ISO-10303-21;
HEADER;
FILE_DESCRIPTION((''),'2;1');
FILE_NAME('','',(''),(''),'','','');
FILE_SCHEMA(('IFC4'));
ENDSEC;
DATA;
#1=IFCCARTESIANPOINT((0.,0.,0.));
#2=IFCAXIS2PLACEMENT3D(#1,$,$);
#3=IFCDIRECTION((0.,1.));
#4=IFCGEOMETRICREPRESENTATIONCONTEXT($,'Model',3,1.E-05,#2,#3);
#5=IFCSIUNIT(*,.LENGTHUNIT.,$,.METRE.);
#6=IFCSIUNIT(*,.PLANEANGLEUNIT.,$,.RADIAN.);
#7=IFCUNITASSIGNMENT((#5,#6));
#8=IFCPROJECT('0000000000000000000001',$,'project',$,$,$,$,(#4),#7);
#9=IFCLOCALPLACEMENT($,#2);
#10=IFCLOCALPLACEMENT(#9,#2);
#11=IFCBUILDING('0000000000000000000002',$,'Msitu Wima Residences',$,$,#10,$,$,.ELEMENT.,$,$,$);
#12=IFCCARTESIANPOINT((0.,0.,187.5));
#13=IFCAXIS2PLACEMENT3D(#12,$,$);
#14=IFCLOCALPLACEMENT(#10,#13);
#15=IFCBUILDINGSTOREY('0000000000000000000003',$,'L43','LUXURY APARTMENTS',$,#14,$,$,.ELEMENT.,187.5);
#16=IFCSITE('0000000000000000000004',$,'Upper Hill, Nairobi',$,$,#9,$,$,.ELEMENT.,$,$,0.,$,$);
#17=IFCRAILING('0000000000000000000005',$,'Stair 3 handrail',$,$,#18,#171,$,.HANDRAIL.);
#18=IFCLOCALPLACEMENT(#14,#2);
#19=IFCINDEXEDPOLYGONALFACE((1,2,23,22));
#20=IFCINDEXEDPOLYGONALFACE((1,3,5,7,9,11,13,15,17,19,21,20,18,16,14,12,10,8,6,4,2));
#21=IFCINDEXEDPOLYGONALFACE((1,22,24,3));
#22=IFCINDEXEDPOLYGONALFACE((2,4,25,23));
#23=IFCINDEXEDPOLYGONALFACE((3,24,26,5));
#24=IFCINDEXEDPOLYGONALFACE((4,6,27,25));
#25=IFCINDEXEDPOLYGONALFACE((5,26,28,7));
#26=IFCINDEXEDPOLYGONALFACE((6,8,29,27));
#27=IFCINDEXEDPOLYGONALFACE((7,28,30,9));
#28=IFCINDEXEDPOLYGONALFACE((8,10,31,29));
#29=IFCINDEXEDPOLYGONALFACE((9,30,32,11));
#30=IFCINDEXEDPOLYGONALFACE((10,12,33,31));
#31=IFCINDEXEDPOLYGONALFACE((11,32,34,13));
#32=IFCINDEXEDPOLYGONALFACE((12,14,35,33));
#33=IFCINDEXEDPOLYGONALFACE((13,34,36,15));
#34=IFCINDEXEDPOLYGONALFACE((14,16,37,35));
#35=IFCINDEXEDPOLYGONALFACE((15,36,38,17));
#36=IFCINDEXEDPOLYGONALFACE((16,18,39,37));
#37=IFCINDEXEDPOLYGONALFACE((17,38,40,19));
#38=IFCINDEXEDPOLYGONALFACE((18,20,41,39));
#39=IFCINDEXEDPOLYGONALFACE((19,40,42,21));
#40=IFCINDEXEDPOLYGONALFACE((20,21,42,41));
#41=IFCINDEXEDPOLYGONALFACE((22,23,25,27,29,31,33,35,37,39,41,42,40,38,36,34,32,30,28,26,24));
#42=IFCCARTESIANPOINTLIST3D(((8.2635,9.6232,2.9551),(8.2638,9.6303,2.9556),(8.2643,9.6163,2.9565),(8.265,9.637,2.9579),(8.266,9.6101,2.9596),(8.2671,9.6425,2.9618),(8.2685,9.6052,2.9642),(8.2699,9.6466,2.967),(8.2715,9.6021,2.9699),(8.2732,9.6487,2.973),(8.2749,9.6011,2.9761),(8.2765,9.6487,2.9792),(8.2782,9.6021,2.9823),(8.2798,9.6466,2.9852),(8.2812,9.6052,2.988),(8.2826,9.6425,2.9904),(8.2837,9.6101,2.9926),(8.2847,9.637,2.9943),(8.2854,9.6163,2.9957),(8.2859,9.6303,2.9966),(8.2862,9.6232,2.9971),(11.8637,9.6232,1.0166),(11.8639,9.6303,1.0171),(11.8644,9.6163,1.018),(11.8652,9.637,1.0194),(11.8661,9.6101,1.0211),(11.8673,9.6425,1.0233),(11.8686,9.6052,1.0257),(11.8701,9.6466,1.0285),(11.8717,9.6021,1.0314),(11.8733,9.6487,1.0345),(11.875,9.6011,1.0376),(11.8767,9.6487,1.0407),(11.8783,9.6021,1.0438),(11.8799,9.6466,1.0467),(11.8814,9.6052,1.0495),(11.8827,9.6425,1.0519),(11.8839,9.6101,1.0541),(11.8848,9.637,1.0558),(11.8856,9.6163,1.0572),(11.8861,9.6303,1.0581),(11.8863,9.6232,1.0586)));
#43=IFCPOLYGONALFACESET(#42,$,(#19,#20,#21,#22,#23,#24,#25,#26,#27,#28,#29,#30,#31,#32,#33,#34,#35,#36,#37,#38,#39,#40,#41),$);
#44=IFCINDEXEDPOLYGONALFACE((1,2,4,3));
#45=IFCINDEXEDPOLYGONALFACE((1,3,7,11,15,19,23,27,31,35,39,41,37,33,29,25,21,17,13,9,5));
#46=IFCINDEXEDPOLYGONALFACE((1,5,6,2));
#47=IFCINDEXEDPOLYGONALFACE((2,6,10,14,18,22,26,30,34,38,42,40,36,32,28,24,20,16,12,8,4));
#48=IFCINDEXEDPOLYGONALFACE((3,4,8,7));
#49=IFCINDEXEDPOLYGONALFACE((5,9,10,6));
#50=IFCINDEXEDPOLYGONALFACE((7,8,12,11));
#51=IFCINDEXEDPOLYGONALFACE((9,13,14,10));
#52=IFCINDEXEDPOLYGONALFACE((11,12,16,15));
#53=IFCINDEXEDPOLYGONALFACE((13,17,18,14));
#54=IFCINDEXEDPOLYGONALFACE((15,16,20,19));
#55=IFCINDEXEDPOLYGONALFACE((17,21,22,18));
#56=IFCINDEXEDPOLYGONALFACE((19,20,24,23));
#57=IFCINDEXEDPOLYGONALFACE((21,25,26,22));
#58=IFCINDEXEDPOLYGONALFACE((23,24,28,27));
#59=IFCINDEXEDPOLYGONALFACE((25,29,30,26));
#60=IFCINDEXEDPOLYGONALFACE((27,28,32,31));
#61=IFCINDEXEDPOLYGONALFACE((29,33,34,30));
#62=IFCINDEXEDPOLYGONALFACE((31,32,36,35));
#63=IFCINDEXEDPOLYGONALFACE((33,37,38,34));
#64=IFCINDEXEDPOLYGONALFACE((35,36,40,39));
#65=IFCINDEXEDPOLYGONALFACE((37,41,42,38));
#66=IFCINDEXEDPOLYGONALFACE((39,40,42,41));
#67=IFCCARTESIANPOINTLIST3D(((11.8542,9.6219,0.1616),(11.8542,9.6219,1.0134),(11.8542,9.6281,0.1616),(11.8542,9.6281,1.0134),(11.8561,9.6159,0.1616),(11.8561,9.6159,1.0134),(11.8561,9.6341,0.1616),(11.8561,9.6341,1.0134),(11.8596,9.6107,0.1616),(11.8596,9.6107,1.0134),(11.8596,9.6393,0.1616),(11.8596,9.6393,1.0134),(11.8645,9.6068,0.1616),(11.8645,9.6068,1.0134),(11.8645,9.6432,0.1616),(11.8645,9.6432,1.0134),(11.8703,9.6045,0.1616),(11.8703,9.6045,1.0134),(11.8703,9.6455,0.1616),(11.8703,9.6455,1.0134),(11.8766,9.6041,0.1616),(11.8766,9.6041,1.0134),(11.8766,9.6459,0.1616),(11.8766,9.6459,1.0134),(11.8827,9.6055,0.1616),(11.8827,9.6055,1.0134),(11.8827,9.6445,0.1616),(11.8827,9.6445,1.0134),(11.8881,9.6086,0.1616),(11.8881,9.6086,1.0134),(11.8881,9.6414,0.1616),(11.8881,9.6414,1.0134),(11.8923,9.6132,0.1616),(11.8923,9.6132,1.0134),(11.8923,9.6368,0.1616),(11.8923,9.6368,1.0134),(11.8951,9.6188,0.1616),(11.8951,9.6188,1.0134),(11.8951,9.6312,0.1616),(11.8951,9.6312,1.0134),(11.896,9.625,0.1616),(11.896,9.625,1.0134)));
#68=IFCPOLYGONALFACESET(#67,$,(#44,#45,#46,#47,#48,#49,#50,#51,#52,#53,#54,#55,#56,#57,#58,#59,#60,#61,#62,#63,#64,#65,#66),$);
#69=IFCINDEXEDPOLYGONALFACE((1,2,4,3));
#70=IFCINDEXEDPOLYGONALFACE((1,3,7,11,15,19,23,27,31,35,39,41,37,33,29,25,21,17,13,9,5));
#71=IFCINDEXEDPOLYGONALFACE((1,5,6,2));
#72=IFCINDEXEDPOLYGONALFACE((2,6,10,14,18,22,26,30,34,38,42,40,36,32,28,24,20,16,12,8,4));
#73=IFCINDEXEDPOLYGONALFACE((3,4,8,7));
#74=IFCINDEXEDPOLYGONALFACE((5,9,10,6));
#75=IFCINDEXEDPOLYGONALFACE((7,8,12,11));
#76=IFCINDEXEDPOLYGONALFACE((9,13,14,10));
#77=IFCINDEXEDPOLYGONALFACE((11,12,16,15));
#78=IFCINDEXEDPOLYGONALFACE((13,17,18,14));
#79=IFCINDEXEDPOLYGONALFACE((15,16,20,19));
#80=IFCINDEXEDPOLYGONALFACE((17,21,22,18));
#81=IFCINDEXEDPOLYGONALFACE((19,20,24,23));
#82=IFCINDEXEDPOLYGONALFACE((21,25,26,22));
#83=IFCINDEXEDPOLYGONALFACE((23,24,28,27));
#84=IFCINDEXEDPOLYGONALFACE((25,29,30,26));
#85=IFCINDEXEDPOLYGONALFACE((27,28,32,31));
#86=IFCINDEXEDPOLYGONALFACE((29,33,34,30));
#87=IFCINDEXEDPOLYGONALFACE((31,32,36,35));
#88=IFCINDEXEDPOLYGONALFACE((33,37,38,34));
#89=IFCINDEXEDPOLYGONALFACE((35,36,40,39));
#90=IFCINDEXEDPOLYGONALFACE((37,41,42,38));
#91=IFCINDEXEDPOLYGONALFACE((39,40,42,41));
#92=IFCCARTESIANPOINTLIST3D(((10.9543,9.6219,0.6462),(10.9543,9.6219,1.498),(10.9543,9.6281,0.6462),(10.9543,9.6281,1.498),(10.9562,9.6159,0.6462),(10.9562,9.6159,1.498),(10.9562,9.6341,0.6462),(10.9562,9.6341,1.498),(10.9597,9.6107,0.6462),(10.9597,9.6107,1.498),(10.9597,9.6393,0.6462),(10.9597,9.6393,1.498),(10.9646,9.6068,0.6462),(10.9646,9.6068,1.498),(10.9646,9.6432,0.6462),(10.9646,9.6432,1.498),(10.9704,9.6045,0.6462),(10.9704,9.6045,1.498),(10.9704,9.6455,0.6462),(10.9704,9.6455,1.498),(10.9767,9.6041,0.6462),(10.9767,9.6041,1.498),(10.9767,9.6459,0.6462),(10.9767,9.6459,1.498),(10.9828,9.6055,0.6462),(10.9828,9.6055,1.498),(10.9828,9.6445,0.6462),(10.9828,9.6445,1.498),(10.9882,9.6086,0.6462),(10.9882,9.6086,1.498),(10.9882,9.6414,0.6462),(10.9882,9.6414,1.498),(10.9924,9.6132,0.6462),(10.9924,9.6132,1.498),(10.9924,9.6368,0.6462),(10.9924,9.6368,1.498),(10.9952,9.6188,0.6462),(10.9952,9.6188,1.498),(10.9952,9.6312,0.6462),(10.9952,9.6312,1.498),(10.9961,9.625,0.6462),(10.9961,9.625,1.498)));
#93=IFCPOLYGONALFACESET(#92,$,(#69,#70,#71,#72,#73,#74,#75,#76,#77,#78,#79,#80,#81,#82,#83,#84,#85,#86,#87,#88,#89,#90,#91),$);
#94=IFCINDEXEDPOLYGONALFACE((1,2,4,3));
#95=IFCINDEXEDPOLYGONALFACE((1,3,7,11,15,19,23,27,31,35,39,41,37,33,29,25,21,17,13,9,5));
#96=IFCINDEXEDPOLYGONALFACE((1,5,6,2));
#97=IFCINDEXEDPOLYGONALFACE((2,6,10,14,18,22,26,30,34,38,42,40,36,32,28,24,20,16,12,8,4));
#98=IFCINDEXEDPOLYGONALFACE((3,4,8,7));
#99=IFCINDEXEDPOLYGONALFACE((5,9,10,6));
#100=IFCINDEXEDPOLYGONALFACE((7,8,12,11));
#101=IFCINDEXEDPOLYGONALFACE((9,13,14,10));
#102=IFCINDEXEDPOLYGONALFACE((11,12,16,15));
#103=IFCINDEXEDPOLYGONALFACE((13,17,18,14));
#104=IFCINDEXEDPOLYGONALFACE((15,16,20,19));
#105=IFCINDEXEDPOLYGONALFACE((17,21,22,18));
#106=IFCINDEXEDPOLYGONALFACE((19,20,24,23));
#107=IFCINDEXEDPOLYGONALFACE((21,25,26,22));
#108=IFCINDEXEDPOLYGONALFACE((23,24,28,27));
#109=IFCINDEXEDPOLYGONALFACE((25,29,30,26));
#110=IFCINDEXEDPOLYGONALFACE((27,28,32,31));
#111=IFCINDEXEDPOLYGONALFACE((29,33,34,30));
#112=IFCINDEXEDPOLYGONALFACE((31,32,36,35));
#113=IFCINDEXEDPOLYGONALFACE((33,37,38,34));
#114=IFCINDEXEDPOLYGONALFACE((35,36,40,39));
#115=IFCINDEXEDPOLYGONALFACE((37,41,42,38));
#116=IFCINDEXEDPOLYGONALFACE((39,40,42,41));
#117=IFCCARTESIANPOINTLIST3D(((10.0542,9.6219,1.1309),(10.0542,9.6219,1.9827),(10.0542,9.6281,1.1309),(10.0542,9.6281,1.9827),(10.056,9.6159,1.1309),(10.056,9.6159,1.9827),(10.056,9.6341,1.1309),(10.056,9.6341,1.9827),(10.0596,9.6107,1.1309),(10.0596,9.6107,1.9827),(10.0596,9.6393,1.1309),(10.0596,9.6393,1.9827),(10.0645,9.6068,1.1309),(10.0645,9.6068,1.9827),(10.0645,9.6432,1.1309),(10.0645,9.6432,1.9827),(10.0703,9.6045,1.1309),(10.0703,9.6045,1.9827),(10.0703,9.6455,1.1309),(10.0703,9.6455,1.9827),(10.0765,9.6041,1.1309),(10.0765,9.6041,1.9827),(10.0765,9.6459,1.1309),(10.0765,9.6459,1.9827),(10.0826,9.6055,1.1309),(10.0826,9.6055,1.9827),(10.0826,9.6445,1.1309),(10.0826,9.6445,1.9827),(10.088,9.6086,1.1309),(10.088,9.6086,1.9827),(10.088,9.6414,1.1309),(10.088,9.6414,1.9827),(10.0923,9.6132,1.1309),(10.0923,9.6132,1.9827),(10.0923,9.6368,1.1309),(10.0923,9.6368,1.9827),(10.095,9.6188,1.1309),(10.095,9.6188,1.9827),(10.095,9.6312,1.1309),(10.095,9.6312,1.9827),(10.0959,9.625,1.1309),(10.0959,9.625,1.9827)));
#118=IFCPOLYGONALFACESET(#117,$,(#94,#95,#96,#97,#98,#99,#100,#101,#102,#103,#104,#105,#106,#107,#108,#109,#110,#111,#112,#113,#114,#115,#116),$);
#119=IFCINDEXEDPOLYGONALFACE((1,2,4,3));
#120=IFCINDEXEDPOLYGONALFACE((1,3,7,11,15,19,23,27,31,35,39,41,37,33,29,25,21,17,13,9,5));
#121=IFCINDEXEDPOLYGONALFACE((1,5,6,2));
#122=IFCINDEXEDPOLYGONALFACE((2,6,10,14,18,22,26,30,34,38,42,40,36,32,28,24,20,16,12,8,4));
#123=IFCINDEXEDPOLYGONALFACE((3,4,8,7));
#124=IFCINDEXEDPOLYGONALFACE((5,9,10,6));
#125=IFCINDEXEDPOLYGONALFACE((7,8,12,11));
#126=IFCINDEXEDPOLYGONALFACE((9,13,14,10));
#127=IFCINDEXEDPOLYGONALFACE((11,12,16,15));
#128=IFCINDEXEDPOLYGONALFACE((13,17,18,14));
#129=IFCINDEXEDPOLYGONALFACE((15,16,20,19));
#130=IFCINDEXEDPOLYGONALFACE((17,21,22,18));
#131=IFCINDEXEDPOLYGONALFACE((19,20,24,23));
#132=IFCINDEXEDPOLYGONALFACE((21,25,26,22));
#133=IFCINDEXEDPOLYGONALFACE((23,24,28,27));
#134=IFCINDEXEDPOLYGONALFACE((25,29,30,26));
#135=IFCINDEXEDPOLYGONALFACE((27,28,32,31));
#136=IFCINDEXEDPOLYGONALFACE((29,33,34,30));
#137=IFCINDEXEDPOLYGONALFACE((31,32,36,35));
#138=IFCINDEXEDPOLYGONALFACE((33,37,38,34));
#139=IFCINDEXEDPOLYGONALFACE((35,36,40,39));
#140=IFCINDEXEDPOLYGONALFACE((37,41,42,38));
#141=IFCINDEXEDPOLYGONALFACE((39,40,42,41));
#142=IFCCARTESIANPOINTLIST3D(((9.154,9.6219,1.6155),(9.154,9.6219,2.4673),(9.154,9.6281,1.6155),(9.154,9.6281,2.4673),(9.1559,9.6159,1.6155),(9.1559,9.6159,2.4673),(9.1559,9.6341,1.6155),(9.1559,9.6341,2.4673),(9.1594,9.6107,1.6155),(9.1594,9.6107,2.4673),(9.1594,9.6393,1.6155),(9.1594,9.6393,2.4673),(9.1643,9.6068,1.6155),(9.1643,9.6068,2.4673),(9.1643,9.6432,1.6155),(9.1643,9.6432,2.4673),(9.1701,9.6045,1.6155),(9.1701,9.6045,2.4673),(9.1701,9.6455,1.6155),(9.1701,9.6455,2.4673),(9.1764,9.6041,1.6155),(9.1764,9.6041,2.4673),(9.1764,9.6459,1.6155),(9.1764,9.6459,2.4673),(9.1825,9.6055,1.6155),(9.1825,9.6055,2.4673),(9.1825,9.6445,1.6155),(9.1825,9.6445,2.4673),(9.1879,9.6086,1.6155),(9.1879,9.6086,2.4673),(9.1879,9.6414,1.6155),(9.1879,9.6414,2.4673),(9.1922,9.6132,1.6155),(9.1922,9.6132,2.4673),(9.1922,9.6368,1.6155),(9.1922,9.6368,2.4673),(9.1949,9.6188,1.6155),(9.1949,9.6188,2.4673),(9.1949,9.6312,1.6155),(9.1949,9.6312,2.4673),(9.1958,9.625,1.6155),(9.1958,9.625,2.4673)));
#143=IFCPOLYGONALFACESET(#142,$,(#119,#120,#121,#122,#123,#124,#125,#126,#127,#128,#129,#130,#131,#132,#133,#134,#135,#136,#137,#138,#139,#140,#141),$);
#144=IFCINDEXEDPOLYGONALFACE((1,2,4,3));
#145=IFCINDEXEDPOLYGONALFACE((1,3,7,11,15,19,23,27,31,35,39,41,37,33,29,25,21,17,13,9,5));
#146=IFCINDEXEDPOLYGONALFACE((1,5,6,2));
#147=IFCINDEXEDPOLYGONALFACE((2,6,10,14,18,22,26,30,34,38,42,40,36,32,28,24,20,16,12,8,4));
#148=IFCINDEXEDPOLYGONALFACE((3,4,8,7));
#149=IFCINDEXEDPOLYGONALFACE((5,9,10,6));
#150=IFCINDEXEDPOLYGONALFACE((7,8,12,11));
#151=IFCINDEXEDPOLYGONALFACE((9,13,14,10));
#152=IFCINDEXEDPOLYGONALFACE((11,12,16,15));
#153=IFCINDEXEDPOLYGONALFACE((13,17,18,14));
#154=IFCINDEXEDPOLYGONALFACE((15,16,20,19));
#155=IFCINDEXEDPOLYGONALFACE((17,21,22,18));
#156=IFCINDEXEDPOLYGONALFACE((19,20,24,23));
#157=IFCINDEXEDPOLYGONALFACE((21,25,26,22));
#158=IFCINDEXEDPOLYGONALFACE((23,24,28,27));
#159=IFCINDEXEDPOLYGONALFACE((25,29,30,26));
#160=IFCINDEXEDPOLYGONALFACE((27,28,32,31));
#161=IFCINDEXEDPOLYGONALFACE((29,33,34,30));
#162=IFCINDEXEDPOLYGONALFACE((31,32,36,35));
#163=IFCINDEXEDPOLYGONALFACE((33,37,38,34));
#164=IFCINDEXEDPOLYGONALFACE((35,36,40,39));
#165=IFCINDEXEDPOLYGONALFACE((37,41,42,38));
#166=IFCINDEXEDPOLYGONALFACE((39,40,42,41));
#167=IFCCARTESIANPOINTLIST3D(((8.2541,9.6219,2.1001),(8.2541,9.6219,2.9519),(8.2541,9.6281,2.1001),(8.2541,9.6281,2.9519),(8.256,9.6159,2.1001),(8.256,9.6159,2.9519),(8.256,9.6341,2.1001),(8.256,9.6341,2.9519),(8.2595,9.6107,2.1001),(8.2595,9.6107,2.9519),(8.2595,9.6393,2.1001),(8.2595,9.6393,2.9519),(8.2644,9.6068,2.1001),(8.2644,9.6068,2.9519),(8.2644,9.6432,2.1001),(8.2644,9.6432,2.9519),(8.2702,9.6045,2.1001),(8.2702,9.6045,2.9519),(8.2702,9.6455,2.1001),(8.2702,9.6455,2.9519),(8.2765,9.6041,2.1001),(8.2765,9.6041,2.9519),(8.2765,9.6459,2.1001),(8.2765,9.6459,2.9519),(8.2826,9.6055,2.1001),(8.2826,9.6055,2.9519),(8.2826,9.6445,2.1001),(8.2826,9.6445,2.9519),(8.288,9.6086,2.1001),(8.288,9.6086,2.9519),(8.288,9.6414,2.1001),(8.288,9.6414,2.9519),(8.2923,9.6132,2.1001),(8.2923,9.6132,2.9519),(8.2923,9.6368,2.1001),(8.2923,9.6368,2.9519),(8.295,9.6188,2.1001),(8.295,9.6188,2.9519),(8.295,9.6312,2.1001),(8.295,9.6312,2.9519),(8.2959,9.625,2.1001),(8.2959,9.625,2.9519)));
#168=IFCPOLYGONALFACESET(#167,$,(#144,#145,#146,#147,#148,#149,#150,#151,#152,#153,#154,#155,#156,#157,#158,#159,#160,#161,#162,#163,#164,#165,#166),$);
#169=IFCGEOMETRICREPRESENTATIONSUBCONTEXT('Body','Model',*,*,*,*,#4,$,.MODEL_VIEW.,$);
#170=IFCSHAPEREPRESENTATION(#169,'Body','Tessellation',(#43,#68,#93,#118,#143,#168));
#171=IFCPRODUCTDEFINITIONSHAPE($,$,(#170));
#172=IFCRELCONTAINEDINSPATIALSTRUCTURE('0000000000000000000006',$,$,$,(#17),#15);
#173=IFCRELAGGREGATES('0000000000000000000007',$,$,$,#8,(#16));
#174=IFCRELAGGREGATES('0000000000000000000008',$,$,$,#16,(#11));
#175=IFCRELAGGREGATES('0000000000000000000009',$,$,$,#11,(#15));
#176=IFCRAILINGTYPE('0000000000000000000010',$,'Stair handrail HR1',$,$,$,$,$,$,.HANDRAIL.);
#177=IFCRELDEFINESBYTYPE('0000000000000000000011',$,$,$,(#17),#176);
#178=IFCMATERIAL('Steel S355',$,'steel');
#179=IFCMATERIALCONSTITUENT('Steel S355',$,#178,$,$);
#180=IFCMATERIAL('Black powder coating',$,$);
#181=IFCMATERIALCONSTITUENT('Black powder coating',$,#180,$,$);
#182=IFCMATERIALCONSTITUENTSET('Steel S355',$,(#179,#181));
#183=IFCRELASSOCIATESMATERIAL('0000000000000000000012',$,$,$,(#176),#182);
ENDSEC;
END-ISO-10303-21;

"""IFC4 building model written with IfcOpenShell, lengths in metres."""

from ifc_helpers import new_model, si_unit, direction, frame, origin, origin_2d, place, context, subcontext, project, spatial, circle, extrude, material, constituent, constituent_set, type_object, element, save


model = new_model("IFC4")

# Units and contexts
model_context = context("Model", 3, precision=1e-05, world=origin(), true_north=direction((0.0, 1.0)))
body_context = subcontext(model_context, "Body", "Model", "MODEL_VIEW")
ifc_project = project(units=[si_unit("LENGTHUNIT", "METRE"), si_unit("PLANEANGLEUNIT", "RADIAN")], contexts=[model_context])

# Site, building, storey
site_placement = place(None, origin())
site = spatial("IfcSite", under=ifc_project, at=site_placement, Name="Upper Hill, Nairobi", CompositionType="ELEMENT", RefElevation=0.0)
building_placement = place(site_placement, origin())
building = spatial("IfcBuilding", under=site, at=building_placement, Name="Msitu Wima Residences", CompositionType="ELEMENT")
storey_placement = place(building_placement, frame((0.0, 0.0, 187.5)))
storey = spatial("IfcBuildingStorey", under=building, at=storey_placement, Name="L43", Description="LUXURY APARTMENTS", CompositionType="ELEMENT", Elevation=187.5)

# Railing
ifc_material_1 = material(Name="Steel S355", Category="steel")
ifc_constituent_1 = constituent(ifc_material_1, Name="Steel S355")
ifc_material_2 = material(Name="Black powder coating")
ifc_constituent_2 = constituent(ifc_material_2, Name="Black powder coating")
ifc_constituent_set = constituent_set(constituents=[ifc_constituent_1, ifc_constituent_2], Name="Steel S355")
railing_type = type_object("IfcRailingType", Name="Stair handrail HR1", PredefinedType="HANDRAIL", material=ifc_constituent_set)
for number, where, name in (
    (1, (11.875, 9.625, 0.1616), "Stair 3 handrail"),
):
    element("IfcRailing", number, at=place(storey_placement, frame(where)), inside=storey, type_object=railing_type, Name=name, PredefinedType="HANDRAIL", context=body_context, shape_type="SweptSolid", body=[
        extrude(circle(Radius=0.0239, at=origin_2d()), frame((0.0, 0.0, 0.876), z_axis=(-0.880475, 0.0, 0.474093), x_axis=(0.0, -1.0, 0.0)), (0.0, 0.0, 1.0), 4.0889),
        extrude(circle(Radius=0.021, at=origin_2d()), origin(), (0.0, 0.0, 1.0), 0.8518),
        extrude(circle(Radius=0.021, at=origin_2d()), frame((-0.8999, 0.0, 0.4846)), (0.0, 0.0, 1.0), 0.8518),
        extrude(circle(Radius=0.021, at=origin_2d()), frame((-1.8, 0.0, 0.9692)), (0.0, 0.0, 1.0), 0.8518),
        extrude(circle(Radius=0.021, at=origin_2d()), frame((-2.7002, 0.0, 1.4539)), (0.0, 0.0, 1.0), 0.8518),
        extrude(circle(Radius=0.021, at=origin_2d()), frame((-3.6001, 0.0, 1.9385)), (0.0, 0.0, 1.0), 0.8518),
    ])

save(model, "model.ifc")
